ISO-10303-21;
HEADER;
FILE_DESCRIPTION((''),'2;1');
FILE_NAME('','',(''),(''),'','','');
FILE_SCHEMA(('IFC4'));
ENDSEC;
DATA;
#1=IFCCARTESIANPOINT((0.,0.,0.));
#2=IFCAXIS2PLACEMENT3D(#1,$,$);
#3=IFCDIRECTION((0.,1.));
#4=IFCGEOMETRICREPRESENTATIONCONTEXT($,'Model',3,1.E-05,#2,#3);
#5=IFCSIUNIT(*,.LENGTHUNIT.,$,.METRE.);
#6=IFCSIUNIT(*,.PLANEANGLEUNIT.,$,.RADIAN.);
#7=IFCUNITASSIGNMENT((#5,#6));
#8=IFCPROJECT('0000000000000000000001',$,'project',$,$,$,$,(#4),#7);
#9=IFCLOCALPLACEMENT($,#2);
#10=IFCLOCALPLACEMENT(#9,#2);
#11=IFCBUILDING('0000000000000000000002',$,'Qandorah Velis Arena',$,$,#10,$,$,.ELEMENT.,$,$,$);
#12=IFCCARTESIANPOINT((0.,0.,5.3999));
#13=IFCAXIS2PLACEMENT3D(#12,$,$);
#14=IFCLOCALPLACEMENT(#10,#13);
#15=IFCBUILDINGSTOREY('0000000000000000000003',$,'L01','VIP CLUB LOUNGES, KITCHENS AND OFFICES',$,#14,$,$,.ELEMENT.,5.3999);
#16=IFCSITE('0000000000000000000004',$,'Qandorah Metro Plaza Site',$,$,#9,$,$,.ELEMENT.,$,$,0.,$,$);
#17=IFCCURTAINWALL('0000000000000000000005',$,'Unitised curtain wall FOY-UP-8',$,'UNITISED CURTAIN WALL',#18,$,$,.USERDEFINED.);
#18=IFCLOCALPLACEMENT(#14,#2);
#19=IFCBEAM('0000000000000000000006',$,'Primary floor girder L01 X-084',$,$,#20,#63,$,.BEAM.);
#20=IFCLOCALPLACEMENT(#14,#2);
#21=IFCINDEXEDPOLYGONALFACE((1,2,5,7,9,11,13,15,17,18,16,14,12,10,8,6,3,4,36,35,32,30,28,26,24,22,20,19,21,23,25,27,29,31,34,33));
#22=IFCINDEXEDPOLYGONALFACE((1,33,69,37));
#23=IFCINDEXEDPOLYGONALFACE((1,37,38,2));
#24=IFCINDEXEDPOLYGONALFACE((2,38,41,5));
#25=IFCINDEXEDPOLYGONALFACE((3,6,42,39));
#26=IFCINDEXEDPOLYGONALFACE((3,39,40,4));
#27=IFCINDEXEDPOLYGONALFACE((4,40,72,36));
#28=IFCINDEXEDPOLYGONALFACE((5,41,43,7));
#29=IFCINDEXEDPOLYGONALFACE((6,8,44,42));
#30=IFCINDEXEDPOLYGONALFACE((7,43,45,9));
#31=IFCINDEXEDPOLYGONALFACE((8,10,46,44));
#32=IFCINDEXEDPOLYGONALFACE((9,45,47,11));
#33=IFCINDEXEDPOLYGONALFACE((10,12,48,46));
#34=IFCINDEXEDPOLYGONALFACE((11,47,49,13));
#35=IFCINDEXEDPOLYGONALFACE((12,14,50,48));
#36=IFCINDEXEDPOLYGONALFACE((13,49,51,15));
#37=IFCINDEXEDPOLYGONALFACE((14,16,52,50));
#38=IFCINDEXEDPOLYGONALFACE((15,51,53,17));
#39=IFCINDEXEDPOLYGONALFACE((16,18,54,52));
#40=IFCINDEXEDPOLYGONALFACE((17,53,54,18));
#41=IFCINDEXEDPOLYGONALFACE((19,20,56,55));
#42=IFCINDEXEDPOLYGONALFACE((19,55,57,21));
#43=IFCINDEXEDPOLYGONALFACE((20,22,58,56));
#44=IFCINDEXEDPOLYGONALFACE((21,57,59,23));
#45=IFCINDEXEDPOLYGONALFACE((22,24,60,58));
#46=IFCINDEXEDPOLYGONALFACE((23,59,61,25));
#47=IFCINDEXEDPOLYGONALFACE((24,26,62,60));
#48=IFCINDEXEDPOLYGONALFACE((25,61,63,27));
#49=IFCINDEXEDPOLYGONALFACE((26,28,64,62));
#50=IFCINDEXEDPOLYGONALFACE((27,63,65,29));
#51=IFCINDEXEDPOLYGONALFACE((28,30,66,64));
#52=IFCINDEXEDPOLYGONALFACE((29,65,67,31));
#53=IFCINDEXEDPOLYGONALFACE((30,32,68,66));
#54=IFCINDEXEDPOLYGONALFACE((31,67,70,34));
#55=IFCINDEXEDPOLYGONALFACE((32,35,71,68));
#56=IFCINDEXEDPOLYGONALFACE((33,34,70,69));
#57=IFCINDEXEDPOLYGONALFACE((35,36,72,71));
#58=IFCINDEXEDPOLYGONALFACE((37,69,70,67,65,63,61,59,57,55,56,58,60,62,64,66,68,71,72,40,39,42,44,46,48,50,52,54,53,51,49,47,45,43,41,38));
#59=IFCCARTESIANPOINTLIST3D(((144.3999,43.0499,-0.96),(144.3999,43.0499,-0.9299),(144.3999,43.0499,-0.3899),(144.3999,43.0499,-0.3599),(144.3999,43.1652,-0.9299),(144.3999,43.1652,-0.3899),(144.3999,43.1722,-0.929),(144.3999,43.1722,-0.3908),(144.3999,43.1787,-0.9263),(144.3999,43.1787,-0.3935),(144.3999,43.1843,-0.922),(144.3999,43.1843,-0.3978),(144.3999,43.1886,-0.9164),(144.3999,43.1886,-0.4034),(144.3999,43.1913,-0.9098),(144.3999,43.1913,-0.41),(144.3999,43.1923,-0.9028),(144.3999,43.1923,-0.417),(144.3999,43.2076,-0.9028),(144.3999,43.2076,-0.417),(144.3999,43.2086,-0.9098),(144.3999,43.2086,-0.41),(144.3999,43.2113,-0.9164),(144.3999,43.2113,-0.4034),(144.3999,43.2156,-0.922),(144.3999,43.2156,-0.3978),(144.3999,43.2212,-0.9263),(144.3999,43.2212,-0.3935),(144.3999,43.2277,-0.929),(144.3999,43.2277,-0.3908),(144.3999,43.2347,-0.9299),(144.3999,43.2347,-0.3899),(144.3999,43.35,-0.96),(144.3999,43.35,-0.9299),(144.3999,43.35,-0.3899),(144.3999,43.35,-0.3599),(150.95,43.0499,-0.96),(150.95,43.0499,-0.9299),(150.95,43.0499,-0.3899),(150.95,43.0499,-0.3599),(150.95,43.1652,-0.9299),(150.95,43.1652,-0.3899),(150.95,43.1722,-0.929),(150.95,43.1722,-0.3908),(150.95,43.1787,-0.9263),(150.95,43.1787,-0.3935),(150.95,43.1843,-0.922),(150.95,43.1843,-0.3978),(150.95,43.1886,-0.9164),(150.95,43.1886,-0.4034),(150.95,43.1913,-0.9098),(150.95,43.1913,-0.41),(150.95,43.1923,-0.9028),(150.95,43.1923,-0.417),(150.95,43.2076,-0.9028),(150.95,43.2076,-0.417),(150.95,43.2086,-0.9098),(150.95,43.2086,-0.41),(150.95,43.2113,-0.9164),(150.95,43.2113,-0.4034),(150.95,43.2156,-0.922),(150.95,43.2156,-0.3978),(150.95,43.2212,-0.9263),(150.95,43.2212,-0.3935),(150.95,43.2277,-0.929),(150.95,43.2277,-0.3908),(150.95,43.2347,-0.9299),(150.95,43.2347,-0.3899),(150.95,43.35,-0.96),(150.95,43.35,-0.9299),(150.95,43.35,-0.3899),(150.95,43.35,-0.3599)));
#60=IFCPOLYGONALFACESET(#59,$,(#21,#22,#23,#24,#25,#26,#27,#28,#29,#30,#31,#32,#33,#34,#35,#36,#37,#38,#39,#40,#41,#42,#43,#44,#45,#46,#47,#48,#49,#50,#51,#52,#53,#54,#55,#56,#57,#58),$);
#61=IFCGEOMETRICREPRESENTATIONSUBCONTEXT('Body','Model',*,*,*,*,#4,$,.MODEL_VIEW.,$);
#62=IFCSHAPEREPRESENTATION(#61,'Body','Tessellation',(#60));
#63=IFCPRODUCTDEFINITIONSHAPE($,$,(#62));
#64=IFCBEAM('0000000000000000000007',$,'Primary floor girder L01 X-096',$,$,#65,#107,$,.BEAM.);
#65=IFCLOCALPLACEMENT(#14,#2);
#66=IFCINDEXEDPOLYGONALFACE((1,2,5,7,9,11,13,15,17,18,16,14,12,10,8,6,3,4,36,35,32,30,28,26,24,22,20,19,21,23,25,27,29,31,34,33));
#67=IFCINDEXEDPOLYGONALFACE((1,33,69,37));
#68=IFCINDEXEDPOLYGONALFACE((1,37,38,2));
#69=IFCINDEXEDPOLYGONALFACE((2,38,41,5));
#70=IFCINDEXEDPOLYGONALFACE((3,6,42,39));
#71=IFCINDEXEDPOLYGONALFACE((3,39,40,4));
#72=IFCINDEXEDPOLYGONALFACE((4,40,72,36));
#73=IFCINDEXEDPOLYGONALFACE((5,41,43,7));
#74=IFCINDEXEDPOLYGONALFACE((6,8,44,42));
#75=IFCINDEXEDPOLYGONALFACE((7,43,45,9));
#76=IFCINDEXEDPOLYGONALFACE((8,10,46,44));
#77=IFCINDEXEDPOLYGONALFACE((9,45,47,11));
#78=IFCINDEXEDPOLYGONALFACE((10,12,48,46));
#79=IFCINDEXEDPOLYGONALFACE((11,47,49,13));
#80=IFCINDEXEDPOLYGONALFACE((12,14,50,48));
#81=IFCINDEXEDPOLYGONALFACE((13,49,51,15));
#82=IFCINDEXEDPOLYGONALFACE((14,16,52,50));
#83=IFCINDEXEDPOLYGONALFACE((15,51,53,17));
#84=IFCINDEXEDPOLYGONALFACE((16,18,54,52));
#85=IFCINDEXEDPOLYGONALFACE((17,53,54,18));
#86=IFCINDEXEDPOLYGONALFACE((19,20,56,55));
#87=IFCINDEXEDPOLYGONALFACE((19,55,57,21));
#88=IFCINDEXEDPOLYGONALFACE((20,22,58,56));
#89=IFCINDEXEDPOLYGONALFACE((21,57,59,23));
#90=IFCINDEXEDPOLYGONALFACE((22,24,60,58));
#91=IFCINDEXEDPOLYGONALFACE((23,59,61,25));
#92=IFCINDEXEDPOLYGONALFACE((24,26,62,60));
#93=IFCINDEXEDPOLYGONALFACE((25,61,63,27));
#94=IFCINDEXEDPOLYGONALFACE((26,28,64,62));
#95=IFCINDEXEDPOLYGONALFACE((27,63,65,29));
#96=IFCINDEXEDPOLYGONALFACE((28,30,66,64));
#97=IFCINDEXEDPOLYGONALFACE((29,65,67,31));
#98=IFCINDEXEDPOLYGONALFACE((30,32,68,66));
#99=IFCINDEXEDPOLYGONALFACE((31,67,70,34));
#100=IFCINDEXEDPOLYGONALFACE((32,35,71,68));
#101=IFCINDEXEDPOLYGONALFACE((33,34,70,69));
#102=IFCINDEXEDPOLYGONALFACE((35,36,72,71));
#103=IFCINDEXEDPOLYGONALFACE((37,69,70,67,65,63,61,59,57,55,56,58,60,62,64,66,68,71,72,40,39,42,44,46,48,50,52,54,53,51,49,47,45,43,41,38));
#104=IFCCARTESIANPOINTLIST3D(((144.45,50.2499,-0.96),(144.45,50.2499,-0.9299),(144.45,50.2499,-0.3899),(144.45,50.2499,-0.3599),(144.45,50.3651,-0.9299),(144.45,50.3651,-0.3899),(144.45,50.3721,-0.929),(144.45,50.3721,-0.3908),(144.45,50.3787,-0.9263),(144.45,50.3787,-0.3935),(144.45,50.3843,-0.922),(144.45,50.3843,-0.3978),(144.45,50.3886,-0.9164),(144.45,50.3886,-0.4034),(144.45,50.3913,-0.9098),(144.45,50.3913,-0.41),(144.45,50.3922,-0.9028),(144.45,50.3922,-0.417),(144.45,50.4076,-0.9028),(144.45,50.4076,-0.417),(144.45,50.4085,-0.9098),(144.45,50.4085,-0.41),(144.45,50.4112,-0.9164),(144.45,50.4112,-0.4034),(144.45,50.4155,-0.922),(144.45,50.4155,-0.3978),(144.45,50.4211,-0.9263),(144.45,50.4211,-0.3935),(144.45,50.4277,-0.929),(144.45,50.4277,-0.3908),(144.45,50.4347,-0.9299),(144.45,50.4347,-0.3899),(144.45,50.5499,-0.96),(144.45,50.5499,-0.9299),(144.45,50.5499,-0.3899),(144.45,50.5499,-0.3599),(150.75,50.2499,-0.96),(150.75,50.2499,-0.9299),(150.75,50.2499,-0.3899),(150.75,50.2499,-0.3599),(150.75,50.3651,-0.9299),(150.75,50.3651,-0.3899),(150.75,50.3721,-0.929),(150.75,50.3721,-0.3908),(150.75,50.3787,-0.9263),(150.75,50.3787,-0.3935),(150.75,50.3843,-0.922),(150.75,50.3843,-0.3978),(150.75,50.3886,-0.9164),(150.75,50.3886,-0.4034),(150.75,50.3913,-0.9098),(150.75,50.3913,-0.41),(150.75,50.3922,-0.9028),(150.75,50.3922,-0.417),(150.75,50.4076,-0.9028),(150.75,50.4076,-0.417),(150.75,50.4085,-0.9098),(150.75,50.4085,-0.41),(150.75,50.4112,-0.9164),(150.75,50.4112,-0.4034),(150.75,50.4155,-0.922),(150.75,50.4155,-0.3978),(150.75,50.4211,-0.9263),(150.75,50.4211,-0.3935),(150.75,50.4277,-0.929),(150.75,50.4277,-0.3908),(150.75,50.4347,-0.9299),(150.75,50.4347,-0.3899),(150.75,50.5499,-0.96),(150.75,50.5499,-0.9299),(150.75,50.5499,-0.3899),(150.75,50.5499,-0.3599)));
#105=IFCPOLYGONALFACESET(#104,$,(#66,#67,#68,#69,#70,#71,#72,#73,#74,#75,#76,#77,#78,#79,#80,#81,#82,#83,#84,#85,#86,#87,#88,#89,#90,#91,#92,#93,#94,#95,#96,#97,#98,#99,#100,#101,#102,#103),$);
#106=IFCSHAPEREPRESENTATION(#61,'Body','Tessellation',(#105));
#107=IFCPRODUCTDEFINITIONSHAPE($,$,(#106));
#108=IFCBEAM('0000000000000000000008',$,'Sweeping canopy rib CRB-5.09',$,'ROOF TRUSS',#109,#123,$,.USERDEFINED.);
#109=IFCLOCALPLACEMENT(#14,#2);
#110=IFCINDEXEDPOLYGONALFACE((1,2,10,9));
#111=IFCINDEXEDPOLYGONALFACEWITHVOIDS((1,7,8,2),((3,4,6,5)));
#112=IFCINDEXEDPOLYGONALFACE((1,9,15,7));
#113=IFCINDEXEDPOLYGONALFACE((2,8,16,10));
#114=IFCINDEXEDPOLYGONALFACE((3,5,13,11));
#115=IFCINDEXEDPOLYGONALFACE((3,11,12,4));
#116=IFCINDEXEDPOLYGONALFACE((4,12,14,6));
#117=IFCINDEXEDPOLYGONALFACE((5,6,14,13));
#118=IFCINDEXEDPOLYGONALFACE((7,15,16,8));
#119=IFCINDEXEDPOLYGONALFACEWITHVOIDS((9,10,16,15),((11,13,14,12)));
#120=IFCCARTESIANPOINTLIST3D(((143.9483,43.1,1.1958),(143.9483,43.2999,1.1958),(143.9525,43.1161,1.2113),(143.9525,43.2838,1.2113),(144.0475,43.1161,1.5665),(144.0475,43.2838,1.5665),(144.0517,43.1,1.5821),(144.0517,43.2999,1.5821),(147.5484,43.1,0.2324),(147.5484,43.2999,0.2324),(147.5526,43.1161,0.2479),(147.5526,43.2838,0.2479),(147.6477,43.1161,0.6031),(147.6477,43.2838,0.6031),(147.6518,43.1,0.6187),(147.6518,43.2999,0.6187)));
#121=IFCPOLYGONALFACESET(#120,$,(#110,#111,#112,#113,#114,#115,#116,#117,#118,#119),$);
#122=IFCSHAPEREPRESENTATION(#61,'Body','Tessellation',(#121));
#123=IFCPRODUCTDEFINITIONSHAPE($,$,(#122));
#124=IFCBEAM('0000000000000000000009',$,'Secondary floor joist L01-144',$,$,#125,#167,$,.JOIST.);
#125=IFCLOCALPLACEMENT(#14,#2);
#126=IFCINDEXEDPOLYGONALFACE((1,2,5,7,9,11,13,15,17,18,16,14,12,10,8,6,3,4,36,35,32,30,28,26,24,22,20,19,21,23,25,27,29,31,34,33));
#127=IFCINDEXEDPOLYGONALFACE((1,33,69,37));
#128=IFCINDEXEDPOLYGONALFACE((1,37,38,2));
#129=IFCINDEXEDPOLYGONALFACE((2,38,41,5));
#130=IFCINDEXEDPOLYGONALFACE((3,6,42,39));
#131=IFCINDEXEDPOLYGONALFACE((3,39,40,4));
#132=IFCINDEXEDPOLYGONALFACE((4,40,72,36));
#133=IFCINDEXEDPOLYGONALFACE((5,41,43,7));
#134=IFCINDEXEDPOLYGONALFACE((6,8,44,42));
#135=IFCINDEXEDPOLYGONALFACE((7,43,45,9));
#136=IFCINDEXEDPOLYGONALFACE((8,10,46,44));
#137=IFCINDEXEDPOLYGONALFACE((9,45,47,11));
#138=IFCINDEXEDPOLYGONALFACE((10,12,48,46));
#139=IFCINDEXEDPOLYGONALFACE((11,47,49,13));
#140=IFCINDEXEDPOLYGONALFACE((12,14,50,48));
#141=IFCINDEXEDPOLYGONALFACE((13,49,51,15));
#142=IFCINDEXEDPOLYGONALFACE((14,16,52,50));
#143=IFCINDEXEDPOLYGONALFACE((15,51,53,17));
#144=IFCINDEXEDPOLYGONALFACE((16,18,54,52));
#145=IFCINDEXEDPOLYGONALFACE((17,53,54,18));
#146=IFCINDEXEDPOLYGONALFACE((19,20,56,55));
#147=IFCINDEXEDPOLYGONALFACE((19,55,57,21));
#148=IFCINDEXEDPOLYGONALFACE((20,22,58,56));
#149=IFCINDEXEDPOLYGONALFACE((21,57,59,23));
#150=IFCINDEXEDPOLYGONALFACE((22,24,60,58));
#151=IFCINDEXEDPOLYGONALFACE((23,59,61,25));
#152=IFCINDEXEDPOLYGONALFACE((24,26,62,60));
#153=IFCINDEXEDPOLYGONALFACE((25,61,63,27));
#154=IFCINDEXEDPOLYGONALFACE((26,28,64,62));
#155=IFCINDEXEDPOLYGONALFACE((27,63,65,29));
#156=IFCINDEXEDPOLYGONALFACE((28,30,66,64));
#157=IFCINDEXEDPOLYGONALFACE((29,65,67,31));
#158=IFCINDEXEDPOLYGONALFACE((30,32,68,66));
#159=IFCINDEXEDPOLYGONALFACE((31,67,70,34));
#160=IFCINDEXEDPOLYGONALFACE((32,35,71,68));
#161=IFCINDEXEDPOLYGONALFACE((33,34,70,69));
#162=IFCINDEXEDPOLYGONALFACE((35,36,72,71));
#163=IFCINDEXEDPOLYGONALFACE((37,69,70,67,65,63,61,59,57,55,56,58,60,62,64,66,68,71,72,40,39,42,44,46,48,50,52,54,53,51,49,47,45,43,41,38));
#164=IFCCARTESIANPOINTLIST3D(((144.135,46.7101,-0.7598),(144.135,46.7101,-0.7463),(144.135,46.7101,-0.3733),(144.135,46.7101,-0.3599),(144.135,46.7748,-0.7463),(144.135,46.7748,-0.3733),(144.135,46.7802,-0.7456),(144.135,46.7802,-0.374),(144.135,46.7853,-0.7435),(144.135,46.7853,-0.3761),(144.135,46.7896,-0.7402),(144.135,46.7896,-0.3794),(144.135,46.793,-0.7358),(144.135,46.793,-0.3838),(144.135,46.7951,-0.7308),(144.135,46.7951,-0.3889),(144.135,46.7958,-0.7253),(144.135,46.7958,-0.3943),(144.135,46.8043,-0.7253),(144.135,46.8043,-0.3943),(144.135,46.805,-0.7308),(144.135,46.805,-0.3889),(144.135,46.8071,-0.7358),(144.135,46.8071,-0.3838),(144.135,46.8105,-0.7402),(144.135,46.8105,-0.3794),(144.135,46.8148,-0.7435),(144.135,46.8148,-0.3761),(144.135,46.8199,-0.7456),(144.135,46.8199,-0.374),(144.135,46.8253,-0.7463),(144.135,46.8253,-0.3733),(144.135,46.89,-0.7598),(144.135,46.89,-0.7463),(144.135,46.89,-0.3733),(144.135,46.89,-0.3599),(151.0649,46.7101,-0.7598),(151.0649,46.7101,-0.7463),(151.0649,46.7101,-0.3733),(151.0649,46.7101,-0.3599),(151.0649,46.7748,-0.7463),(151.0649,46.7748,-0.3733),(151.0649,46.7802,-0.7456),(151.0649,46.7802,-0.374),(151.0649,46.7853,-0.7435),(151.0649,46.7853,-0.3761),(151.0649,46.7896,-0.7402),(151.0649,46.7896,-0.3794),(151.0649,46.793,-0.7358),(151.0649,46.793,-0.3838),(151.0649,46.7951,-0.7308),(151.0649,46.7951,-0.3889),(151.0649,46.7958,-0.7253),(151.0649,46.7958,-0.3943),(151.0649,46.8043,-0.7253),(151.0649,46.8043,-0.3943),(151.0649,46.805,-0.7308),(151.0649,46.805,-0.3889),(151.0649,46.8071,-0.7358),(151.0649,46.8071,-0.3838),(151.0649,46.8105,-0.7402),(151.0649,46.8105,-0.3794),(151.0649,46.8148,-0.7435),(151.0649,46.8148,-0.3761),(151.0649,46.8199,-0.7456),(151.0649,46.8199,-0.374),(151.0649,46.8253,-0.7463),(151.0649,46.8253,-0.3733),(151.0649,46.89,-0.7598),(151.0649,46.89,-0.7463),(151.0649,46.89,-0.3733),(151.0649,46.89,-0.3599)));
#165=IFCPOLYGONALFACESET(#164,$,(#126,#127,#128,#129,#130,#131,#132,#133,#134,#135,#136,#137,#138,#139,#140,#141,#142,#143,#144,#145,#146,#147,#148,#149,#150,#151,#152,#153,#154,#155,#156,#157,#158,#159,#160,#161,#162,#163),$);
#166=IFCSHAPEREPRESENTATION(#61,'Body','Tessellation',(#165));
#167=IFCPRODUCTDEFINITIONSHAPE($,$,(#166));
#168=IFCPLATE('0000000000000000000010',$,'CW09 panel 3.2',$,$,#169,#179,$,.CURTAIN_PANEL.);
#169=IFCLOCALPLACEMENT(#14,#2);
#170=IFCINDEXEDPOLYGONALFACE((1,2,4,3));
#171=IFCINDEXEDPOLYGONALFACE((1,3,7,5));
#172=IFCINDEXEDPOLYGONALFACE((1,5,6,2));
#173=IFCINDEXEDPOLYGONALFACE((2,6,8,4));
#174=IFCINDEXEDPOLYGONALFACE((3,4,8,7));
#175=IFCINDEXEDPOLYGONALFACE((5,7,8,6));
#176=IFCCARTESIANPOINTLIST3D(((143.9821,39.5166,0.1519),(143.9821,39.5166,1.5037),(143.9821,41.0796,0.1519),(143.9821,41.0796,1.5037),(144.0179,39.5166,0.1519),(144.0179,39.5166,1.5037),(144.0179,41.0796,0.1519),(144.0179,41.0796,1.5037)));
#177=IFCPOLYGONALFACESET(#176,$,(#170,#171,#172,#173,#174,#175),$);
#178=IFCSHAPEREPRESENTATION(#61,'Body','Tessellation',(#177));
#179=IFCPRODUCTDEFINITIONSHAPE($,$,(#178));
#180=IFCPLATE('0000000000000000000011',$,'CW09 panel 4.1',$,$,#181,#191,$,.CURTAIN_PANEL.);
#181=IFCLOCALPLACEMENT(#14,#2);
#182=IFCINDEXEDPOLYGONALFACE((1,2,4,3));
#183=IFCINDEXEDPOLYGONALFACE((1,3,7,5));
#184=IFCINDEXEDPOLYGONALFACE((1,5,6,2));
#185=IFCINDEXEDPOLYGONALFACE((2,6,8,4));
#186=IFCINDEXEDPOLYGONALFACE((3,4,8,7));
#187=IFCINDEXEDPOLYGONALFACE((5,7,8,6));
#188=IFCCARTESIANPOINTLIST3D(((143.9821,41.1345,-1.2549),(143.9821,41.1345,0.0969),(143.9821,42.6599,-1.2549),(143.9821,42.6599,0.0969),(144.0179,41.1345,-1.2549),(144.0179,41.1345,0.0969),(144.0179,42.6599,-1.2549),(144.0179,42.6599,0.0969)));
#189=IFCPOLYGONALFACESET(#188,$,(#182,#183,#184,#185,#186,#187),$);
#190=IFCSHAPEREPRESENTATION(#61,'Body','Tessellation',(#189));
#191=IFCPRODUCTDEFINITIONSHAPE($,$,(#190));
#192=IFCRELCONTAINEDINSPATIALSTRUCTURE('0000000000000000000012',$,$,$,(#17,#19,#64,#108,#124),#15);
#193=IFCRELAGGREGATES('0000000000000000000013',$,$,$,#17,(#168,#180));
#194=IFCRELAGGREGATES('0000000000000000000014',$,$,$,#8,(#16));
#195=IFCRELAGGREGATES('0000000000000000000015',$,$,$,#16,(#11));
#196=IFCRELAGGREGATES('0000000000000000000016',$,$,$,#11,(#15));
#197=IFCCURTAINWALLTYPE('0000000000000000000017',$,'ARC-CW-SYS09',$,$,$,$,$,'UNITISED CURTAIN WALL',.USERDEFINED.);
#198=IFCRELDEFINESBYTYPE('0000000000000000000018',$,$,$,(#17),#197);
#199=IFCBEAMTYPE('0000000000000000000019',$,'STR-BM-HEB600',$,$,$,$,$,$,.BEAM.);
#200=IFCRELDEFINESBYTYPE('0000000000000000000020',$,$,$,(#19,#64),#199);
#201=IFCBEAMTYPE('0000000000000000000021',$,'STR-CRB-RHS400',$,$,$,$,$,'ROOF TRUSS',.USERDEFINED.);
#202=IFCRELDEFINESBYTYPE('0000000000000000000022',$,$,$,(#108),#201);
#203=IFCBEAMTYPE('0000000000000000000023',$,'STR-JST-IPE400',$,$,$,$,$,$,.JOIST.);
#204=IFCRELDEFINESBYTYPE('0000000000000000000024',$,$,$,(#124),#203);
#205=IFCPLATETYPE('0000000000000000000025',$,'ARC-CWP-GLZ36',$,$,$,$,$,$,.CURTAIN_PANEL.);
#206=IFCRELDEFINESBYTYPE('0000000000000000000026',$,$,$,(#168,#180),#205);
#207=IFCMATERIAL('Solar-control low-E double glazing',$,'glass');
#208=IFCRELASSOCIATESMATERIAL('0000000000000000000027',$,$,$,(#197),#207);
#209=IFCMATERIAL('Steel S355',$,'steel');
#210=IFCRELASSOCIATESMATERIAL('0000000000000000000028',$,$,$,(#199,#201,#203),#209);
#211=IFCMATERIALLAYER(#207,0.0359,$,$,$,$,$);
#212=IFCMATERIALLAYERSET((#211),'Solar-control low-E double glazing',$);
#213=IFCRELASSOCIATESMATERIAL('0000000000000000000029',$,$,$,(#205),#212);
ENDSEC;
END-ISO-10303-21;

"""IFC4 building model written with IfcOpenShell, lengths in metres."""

from ifc_helpers import new_model, si_unit, direction, frame, origin, origin_2d, place, context, subcontext, project, spatial, rectangle, hollow_rectangle, i_section, extrude, material, layer, layer_set, material_profile, profile_set, type_object, element, aggregate, save


model = new_model("IFC4")

# Units and contexts
model_context = context("Model", 3, precision=1e-05, world=origin(), true_north=direction((0.0, 1.0)))
body_context = subcontext(model_context, "Body", "Model", "MODEL_VIEW")
ifc_project = project(units=[si_unit("LENGTHUNIT", "METRE"), si_unit("PLANEANGLEUNIT", "RADIAN")], contexts=[model_context])

# Site, building, storey
site_placement = place(None, origin())
site = spatial("IfcSite", under=ifc_project, at=site_placement, Name="Qandorah Metro Plaza Site", CompositionType="ELEMENT", RefElevation=0.0)
building_placement = place(site_placement, origin())
building = spatial("IfcBuilding", under=site, at=building_placement, Name="Qandorah Velis Arena", CompositionType="ELEMENT")
storey_placement = place(building_placement, frame((0.0, 0.0, 5.3999)))
storey = spatial("IfcBuildingStorey", under=building, at=storey_placement, Name="L01", Description="VIP CLUB LOUNGES, KITCHENS AND OFFICES", CompositionType="ELEMENT", Elevation=5.3999)

# Curtain wall
ifc_material_1 = material(Name="Solar-control low-E double glazing", Category="glass")
curtain_wall_type = type_object("IfcCurtainWallType", Name="ARC-CW-SYS09", ElementType="UNITISED CURTAIN WALL", PredefinedType="USERDEFINED", material=ifc_material_1)
curtain_wall_placement = place(storey_placement, origin())
curtain_wall = element("IfcCurtainWall", 1, at=curtain_wall_placement, inside=storey, type_object=curtain_wall_type, Name="Unitised curtain wall FOY-UP-8", ObjectType="UNITISED CURTAIN WALL", PredefinedType="USERDEFINED")

# Beams
ifc_material_2 = material(Name="Steel S355", Category="steel")
ifc_material_profile_1 = material_profile(ifc_material_2, i_section(OverallWidth=0.3, OverallDepth=0.6001, WebThickness=0.0154, FlangeThickness=0.03, FilletRadius=0.0271, at=origin_2d()), Name="HEB 600")
ifc_profile_set_1 = profile_set([ifc_material_profile_1], Name="Steel S355")
beam_type_1 = type_object("IfcBeamType", Name="STR-BM-HEB600", PredefinedType="BEAM", material=ifc_profile_set_1)
beam_1_placement = place(storey_placement, frame((144.3999, 43.2, -0.6599), z_axis=(1.0, 0.0, 0.0), x_axis=(0.0, 1.0, 0.0)))
element("IfcBeam", 2, at=beam_1_placement, inside=storey, type_object=beam_type_1, Name="Primary floor girder L01 X-084", PredefinedType="BEAM", context=body_context, shape_type="SweptSolid", body=[
    extrude(i_section(OverallWidth=0.3, OverallDepth=0.6001, WebThickness=0.0154, FlangeThickness=0.03, FilletRadius=0.0271, at=origin_2d()), origin(), (0.0, 0.0, 1.0), 6.55),
])
beam_2_placement = place(storey_placement, frame((144.45, 50.3999, -0.6599), z_axis=(1.0, 0.0, 0.0), x_axis=(0.0, 1.0, 0.0)))
element("IfcBeam", 3, at=beam_2_placement, inside=storey, type_object=beam_type_1, Name="Primary floor girder L01 X-096", PredefinedType="BEAM", context=body_context, shape_type="SweptSolid", body=[
    extrude(i_section(OverallWidth=0.3, OverallDepth=0.6001, WebThickness=0.0154, FlangeThickness=0.03, FilletRadius=0.0271, at=origin_2d()), origin(), (0.0, 0.0, 1.0), 6.3),
])
ifc_material_profile_2 = material_profile(ifc_material_2, hollow_rectangle(XDim=0.2, YDim=0.3999, WallThickness=0.0161, at=origin_2d()), Name="RHS 400x200x16")
ifc_profile_set_2 = profile_set([ifc_material_profile_2], Name="Steel S355")
beam_type_2 = type_object("IfcBeamType", Name="STR-CRB-RHS400", ElementType="ROOF TRUSS", PredefinedType="USERDEFINED", material=ifc_profile_set_2)
beam_3_placement = place(storey_placement, frame((144.0, 43.2, 1.3889), z_axis=(0.966011, 0.0, -0.258502), x_axis=(0.0, 1.0, 0.0)))
element("IfcBeam", 4, at=beam_3_placement, inside=storey, type_object=beam_type_2, Name="Sweeping canopy rib CRB-5.09", ObjectType="ROOF TRUSS", PredefinedType="USERDEFINED", context=body_context, shape_type="SweptSolid", body=[
    extrude(hollow_rectangle(XDim=0.2, YDim=0.3999, WallThickness=0.0161, at=origin_2d()), origin(), (0.0, 0.0, 1.0), 3.7268),
])
ifc_material_profile_3 = material_profile(ifc_material_2, i_section(OverallWidth=0.1799, OverallDepth=0.3999, WebThickness=0.0085, FlangeThickness=0.0134, FilletRadius=0.021, at=origin_2d()), Name="IPE 400")
ifc_profile_set_3 = profile_set([ifc_material_profile_3], Name="Steel S355")
beam_type_3 = type_object("IfcBeamType", Name="STR-JST-IPE400", PredefinedType="JOIST", material=ifc_profile_set_3)
beam_4_placement = place(storey_placement, frame((144.135, 46.8, -0.5598), z_axis=(1.0, 0.0, 0.0), x_axis=(0.0, 1.0, 0.0)))
element("IfcBeam", 5, at=beam_4_placement, inside=storey, type_object=beam_type_3, Name="Secondary floor joist L01-144", PredefinedType="JOIST", context=body_context, shape_type="SweptSolid", body=[
    extrude(i_section(OverallWidth=0.1799, OverallDepth=0.3999, WebThickness=0.0085, FlangeThickness=0.0134, FilletRadius=0.021, at=origin_2d()), origin(), (0.0, 0.0, 1.0), 6.9299),
])

# Plates
ifc_layer_1 = layer(ifc_material_1, 0.0359)
ifc_layer_set_1 = layer_set([ifc_layer_1], Name="Solar-control low-E double glazing")
plate_type = type_object("IfcPlateType", Name="ARC-CWP-GLZ36", PredefinedType="CURTAIN_PANEL", material=ifc_layer_set_1)
plate_1_placement = place(storey_placement, frame((144.0, 40.2981, 0.1519), z_axis=(0.0, 0.0, 1.0), x_axis=(0.0, 1.0, 0.0)))
plate_1 = element("IfcPlate", 6, at=plate_1_placement, type_object=plate_type, Name="CW09 panel 3.2", PredefinedType="CURTAIN_PANEL", context=body_context, shape_type="SweptSolid", body=[
    extrude(rectangle(XDim=1.563, YDim=0.0359, at=origin_2d()), origin(), (0.0, 0.0, 1.0), 1.3518),
])
plate_2_placement = place(storey_placement, frame((144.0, 41.8972, -1.2549), z_axis=(0.0, 0.0, 1.0), x_axis=(0.0, 1.0, 0.0)))
plate_2 = element("IfcPlate", 7, at=plate_2_placement, type_object=plate_type, Name="CW09 panel 4.1", PredefinedType="CURTAIN_PANEL", context=body_context, shape_type="SweptSolid", body=[
    extrude(rectangle(XDim=1.5254, YDim=0.0359, at=origin_2d()), origin(), (0.0, 0.0, 1.0), 1.3518),
])
aggregate(curtain_wall, [plate_1, plate_2])

save(model, "model.ifc")
